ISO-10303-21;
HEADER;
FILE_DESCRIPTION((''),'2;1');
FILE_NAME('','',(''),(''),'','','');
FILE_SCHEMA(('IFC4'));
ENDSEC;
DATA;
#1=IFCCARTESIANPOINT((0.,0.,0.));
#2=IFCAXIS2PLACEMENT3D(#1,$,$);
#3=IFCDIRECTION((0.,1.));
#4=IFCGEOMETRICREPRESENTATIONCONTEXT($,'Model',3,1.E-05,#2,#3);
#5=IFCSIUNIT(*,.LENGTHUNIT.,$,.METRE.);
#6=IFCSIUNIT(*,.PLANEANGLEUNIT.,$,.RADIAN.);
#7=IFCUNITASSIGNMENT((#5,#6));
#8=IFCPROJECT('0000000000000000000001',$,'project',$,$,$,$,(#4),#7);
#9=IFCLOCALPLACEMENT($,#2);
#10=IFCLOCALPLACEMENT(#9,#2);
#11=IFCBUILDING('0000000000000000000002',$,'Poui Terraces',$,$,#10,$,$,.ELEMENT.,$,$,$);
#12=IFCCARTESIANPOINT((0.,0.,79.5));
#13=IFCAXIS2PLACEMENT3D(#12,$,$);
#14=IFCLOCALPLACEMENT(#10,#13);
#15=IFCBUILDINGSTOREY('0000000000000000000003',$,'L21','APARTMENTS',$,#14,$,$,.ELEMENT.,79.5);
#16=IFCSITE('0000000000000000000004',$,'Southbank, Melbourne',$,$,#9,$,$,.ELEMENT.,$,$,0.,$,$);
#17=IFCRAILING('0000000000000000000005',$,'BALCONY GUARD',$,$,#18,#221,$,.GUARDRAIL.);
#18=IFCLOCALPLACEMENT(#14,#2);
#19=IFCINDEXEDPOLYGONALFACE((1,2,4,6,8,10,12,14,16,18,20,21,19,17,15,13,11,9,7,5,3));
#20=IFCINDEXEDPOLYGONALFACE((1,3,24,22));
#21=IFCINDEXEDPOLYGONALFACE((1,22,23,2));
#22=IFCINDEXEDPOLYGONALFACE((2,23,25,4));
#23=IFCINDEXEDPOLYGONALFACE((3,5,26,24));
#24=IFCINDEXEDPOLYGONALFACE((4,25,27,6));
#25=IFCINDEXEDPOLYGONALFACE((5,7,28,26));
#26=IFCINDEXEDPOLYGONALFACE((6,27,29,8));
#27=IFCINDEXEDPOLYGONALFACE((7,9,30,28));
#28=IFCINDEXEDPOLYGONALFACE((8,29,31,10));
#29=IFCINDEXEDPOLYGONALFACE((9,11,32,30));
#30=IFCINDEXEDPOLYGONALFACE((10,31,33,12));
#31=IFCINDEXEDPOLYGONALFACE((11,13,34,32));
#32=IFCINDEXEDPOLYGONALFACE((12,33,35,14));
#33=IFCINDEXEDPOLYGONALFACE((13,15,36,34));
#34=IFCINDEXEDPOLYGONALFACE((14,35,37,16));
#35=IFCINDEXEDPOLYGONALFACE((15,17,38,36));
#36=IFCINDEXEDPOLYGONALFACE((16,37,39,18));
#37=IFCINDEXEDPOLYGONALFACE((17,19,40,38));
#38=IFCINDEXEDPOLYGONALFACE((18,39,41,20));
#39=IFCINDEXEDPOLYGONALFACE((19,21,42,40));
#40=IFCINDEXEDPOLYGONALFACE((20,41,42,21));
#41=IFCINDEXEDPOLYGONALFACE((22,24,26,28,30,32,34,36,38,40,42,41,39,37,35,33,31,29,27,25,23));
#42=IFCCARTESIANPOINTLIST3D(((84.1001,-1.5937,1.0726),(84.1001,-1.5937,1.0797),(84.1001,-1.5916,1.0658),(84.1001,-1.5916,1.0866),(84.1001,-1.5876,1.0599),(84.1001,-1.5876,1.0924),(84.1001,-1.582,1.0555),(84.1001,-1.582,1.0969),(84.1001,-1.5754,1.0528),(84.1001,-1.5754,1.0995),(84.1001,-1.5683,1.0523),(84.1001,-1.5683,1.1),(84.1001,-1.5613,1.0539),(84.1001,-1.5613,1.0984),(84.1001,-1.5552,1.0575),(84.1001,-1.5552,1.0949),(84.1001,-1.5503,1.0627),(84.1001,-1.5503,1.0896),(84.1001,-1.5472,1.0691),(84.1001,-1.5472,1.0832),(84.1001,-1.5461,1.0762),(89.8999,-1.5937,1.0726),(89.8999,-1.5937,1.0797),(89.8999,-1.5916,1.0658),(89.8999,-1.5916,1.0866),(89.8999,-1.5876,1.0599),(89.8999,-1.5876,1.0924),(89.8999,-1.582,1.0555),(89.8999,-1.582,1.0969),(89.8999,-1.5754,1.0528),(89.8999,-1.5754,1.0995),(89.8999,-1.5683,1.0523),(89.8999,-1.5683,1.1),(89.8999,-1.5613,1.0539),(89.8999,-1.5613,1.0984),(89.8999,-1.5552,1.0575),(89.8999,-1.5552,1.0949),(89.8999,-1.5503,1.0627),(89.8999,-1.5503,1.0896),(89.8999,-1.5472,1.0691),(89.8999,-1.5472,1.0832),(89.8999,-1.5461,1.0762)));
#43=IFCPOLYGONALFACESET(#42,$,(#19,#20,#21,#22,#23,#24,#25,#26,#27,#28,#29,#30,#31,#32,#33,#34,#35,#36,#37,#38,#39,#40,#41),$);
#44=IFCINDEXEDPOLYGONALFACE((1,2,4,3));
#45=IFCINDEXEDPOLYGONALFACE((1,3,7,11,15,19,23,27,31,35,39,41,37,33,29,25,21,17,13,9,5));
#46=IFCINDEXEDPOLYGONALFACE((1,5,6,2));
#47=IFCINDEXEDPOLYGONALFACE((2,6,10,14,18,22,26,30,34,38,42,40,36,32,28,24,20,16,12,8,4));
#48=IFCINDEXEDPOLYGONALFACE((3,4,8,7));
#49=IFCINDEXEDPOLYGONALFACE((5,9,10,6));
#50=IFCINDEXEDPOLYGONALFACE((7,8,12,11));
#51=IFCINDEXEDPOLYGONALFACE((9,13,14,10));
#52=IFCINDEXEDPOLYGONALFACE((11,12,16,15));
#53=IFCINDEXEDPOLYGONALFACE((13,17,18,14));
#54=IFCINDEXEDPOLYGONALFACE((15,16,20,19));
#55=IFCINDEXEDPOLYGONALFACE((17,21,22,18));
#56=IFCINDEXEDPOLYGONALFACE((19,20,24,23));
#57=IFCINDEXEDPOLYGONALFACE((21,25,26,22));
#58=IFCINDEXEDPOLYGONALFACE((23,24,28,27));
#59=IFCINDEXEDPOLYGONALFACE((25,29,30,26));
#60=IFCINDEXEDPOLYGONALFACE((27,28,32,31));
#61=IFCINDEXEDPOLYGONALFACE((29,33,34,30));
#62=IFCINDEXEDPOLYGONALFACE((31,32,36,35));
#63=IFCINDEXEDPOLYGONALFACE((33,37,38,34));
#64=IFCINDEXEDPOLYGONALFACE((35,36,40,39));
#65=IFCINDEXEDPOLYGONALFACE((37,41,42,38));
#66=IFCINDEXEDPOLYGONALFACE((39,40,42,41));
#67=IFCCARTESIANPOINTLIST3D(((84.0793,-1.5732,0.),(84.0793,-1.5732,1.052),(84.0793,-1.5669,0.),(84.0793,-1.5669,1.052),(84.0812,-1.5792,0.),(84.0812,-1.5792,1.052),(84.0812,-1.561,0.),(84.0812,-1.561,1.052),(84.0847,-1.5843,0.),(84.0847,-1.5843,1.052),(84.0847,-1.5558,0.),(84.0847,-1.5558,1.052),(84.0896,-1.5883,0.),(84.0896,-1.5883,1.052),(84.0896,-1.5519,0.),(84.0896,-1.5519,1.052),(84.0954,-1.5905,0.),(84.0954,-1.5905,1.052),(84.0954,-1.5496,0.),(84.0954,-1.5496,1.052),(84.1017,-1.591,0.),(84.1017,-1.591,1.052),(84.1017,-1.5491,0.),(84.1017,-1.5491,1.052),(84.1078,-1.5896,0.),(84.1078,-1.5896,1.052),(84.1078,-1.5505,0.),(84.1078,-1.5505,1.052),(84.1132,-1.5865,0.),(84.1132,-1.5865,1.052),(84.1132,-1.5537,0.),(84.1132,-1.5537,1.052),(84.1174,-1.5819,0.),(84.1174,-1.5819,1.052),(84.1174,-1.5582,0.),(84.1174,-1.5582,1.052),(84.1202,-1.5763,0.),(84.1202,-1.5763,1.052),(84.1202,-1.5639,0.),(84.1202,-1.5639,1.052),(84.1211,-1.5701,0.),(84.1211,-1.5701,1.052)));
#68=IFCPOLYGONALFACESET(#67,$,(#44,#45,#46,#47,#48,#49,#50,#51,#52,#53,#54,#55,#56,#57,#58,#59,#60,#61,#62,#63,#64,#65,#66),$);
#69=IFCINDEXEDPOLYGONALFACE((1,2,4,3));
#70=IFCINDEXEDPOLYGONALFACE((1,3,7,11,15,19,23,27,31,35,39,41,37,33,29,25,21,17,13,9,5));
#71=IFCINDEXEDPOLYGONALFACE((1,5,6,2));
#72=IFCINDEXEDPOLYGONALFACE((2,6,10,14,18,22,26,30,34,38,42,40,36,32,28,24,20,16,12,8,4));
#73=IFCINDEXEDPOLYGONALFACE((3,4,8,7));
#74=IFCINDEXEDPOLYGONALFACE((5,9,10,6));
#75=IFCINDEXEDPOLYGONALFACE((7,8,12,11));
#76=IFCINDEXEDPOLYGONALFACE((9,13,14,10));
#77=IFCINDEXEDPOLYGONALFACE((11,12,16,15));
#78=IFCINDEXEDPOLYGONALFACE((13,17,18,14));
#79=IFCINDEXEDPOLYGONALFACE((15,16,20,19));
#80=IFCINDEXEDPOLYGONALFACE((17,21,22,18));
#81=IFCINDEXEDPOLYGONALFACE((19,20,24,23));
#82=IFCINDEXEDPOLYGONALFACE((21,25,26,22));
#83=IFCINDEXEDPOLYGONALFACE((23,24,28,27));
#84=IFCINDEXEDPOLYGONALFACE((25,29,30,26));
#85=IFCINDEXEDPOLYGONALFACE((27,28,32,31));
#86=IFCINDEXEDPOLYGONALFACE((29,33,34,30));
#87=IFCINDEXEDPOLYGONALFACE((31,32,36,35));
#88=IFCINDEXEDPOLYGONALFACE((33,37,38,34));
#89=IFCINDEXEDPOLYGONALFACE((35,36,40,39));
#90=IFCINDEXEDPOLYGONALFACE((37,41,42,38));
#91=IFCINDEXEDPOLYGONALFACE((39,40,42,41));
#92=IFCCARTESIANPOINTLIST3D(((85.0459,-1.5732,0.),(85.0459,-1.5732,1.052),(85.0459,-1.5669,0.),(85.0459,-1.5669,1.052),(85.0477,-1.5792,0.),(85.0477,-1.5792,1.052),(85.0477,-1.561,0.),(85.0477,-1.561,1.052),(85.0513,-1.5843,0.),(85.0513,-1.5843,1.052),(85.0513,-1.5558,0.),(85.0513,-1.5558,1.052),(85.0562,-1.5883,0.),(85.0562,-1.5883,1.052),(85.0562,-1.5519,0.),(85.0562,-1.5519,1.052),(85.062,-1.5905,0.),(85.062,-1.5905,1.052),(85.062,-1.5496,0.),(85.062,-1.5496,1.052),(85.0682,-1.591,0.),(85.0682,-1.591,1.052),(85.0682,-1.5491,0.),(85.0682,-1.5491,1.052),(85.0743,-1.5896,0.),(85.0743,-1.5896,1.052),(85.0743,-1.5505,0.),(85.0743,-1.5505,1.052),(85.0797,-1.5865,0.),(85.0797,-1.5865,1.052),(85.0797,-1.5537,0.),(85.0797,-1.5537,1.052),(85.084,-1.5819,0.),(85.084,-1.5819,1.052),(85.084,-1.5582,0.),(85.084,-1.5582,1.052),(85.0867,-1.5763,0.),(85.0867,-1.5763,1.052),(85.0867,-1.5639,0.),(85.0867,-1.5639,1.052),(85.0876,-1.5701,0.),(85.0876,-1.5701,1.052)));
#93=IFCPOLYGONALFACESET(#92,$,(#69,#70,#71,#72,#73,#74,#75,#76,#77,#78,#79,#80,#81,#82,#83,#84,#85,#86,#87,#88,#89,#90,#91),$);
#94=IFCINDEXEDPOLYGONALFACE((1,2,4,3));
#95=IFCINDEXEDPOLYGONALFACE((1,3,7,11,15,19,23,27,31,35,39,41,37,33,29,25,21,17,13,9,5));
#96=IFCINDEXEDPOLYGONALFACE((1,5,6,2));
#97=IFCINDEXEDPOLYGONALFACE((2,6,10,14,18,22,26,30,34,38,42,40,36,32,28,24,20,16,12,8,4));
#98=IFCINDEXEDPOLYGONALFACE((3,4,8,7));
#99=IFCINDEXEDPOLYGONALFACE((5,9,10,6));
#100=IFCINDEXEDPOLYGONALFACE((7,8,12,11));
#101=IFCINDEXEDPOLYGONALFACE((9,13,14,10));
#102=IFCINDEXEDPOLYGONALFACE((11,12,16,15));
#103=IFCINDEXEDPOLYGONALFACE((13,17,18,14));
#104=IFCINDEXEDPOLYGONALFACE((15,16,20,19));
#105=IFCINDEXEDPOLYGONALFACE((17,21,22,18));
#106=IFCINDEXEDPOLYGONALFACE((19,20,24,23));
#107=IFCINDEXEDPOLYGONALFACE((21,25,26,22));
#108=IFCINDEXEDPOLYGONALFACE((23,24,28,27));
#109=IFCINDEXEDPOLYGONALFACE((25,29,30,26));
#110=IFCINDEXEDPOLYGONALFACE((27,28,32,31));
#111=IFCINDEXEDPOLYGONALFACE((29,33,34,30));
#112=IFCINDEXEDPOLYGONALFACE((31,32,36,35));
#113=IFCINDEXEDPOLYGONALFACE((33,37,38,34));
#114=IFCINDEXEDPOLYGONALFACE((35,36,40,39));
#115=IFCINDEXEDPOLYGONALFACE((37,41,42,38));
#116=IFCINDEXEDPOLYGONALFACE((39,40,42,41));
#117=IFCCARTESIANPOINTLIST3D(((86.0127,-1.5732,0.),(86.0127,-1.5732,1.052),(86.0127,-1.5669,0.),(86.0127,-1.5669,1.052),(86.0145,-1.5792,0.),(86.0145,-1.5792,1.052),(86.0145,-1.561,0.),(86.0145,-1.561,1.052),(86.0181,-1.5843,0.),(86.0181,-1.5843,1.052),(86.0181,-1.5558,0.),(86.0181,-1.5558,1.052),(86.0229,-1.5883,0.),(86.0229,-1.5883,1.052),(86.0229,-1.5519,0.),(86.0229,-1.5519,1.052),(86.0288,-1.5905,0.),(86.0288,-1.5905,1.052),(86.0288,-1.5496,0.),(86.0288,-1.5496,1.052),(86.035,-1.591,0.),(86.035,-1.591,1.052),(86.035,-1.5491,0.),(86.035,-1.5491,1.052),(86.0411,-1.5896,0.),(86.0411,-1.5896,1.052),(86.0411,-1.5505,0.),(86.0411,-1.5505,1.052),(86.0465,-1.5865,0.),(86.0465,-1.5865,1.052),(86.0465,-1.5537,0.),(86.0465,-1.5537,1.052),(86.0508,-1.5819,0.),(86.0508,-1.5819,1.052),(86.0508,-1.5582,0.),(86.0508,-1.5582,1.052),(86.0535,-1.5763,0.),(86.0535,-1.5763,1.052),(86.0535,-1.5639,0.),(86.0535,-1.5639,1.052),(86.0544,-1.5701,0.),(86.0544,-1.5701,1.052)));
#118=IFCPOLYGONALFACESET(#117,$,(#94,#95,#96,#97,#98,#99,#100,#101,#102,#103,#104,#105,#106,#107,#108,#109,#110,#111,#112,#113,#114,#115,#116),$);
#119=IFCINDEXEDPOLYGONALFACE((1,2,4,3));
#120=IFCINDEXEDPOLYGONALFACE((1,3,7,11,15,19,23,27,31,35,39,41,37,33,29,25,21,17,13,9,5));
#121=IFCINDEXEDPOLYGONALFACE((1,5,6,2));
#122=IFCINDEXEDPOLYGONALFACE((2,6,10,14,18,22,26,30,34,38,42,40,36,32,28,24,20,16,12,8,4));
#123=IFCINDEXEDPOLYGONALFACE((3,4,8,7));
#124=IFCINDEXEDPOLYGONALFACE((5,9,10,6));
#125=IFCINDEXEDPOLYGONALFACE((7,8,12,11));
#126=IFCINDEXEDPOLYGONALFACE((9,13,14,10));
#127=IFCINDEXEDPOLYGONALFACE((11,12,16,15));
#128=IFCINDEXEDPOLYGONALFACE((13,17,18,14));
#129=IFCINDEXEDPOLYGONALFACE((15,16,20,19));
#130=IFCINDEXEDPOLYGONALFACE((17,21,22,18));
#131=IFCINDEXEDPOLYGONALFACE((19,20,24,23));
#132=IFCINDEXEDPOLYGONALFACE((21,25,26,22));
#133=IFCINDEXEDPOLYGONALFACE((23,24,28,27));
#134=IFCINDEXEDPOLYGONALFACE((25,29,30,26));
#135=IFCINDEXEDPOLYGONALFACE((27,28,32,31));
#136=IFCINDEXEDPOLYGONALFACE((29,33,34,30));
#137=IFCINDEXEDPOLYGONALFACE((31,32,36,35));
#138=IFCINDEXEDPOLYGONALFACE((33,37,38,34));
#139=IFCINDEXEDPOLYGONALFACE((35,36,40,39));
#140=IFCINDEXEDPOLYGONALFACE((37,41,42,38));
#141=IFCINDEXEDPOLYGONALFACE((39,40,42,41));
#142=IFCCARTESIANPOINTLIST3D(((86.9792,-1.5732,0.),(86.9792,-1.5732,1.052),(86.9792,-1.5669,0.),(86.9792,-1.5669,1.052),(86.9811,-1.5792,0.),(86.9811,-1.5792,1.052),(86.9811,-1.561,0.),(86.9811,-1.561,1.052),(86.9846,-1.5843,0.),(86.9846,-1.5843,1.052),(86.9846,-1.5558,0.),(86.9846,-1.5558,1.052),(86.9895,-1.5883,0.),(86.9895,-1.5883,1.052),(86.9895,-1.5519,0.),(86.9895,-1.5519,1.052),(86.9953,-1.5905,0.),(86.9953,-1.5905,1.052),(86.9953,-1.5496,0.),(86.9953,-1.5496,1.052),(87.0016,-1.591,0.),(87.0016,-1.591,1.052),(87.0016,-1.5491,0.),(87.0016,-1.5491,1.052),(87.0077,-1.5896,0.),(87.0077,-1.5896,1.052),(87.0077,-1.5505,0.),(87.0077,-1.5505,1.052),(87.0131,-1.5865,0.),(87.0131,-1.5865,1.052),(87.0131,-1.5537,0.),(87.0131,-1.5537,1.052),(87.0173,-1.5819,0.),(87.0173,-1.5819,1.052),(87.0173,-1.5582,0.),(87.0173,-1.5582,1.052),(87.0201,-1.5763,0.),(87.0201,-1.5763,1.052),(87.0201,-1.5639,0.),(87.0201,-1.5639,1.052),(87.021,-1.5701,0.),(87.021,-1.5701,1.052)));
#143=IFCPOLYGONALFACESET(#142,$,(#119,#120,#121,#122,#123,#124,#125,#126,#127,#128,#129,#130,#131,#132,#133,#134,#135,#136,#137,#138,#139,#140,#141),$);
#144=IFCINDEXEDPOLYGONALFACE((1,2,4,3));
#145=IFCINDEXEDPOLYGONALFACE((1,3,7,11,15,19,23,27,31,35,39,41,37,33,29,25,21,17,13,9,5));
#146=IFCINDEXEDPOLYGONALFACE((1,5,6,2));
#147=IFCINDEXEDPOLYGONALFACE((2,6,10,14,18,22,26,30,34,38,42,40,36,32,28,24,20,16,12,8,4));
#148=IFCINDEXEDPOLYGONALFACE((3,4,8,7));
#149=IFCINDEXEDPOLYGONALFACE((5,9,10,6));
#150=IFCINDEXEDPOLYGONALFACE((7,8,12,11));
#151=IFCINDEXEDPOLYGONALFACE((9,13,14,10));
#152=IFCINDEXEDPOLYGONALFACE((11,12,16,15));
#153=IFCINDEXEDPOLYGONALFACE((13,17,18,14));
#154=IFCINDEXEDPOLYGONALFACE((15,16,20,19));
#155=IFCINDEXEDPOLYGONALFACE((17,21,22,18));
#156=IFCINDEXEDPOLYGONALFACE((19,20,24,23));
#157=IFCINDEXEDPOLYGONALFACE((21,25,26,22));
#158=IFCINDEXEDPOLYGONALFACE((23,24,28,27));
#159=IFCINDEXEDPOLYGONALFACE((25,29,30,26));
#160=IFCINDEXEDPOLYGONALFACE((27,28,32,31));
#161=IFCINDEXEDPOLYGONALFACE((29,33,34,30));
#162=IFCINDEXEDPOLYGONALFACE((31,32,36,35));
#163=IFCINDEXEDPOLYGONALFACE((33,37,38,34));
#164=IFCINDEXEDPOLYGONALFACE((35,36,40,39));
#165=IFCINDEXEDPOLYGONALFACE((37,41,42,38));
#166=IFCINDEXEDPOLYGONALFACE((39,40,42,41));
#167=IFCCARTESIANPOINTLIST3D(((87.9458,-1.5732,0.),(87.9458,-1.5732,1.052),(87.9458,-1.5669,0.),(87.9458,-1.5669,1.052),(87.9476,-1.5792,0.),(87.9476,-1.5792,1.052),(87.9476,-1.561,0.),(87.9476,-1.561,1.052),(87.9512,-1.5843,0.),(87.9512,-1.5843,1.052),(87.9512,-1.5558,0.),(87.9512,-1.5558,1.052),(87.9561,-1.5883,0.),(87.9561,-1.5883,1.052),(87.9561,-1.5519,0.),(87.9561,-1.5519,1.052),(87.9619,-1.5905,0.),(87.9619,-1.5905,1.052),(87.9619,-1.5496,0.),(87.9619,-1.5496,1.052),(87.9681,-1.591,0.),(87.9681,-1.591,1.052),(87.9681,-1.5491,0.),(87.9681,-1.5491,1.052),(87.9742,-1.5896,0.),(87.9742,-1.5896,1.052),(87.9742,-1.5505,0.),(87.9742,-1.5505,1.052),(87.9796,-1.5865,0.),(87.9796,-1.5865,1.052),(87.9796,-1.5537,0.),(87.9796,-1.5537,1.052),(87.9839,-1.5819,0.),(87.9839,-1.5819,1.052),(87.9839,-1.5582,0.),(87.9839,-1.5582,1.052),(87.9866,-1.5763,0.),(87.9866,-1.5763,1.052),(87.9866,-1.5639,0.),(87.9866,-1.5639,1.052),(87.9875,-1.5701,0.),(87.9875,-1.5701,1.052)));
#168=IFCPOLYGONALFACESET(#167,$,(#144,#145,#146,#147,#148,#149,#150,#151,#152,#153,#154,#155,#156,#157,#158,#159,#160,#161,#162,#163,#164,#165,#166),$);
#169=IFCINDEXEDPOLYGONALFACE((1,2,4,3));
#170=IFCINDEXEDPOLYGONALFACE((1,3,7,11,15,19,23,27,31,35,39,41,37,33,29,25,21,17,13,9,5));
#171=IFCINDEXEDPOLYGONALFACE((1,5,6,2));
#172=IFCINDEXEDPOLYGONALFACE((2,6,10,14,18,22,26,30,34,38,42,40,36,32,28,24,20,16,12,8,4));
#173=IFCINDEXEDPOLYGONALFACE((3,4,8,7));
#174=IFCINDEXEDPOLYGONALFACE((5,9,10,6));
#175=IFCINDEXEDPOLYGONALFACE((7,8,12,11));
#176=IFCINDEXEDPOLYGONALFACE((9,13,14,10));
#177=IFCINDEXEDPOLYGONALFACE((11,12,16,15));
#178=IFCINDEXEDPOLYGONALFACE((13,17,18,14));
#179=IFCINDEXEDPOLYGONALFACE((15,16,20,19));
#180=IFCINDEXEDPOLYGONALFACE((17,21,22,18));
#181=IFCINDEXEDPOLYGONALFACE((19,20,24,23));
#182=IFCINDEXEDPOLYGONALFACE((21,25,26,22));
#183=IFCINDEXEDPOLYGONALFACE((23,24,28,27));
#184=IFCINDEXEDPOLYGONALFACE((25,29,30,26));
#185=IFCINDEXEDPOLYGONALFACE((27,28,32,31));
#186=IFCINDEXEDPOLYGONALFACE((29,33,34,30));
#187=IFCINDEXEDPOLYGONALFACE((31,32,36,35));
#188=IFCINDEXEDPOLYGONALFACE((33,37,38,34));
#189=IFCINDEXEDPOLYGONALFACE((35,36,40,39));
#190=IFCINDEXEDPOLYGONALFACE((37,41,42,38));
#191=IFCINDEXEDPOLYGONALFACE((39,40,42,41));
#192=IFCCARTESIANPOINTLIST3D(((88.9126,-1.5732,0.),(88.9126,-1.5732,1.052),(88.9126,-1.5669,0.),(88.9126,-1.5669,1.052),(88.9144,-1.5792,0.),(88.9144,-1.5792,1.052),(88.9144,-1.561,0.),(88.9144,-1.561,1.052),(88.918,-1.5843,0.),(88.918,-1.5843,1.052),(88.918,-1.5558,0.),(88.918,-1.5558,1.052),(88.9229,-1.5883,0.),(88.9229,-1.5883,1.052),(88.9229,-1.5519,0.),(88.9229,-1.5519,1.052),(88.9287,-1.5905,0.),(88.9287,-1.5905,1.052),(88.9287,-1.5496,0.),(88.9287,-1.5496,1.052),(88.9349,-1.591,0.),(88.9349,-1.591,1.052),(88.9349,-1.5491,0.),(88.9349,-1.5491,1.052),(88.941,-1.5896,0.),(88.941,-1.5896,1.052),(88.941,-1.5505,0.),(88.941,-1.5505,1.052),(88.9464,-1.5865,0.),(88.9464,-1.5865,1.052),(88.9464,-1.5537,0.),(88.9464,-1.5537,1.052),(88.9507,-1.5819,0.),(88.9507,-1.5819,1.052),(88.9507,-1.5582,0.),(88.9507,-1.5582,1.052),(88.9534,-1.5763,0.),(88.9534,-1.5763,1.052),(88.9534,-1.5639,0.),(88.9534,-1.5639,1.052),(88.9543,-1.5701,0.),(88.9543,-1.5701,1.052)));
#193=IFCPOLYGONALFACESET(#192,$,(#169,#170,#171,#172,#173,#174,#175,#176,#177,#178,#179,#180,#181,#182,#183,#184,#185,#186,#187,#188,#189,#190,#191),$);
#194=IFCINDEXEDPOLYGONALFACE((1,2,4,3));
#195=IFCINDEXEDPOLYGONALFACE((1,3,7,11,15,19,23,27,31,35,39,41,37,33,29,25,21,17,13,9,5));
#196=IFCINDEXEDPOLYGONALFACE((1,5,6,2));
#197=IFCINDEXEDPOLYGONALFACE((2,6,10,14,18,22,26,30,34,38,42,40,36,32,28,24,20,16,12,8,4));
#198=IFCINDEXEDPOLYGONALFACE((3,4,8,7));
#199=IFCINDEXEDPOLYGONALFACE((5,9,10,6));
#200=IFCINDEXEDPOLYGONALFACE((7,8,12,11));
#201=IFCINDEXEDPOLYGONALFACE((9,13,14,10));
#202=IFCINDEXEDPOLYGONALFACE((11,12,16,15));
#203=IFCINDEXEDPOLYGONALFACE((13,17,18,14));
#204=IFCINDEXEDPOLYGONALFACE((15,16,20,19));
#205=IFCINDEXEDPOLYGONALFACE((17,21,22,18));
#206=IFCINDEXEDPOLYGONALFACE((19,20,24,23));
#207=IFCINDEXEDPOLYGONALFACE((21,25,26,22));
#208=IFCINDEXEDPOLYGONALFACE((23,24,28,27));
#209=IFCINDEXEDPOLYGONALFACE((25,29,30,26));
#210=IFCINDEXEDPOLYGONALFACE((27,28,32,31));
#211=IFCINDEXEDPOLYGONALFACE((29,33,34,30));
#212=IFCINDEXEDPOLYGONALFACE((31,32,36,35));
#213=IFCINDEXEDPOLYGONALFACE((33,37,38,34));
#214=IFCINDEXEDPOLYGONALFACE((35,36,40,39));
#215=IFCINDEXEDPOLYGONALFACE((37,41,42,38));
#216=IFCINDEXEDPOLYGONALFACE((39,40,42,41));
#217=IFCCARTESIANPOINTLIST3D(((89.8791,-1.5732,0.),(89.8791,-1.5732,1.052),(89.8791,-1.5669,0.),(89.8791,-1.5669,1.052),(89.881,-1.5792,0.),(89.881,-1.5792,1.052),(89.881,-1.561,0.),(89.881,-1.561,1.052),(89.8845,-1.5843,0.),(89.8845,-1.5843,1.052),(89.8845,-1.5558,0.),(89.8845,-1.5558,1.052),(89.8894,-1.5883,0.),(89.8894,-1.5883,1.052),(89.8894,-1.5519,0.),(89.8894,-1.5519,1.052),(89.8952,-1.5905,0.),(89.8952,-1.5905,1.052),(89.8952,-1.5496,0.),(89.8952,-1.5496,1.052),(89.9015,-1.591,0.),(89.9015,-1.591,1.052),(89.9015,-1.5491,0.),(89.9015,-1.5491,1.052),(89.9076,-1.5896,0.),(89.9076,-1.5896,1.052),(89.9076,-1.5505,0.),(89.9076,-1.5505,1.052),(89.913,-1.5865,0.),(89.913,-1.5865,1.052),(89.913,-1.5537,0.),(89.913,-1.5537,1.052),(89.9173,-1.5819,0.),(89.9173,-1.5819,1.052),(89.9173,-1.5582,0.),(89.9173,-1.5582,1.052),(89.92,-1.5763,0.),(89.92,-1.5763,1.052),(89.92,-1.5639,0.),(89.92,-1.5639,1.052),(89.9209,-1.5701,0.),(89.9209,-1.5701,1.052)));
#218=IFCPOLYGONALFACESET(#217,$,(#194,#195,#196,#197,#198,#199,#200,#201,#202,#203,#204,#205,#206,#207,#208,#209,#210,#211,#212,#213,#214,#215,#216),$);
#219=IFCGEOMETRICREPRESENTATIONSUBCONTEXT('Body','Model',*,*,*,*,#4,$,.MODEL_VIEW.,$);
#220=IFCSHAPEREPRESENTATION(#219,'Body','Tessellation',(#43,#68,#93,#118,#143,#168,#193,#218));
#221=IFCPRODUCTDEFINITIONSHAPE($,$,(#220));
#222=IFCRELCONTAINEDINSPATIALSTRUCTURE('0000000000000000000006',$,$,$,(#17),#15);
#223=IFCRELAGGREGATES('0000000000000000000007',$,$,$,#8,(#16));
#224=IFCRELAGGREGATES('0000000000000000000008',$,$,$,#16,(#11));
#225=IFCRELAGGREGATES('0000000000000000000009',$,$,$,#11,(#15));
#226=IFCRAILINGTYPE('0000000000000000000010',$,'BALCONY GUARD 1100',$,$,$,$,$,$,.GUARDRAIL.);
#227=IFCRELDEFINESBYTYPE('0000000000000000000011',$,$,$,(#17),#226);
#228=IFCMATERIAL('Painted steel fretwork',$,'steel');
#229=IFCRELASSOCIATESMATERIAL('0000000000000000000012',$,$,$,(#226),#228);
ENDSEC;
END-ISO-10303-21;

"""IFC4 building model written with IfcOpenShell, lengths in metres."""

from ifc_helpers import new_model, si_unit, direction, frame, origin, origin_2d, place, context, subcontext, project, spatial, circle, extrude, material, type_object, element, save


model = new_model("IFC4")

# Units and contexts
model_context = context("Model", 3, precision=1e-05, world=origin(), true_north=direction((0.0, 1.0)))
body_context = subcontext(model_context, "Body", "Model", "MODEL_VIEW")
ifc_project = project(units=[si_unit("LENGTHUNIT", "METRE"), si_unit("PLANEANGLEUNIT", "RADIAN")], contexts=[model_context])

# Site, building, storey
site_placement = place(None, origin())
site = spatial("IfcSite", under=ifc_project, at=site_placement, Name="Southbank, Melbourne", CompositionType="ELEMENT", RefElevation=0.0)
building_placement = place(site_placement, origin())
building = spatial("IfcBuilding", under=site, at=building_placement, Name="Poui Terraces", CompositionType="ELEMENT")
storey_placement = place(building_placement, frame((0.0, 0.0, 79.5)))
storey = spatial("IfcBuildingStorey", under=building, at=storey_placement, Name="L21", Description="APARTMENTS", CompositionType="ELEMENT", Elevation=79.5)

# Railing
ifc_material_1 = material(Name="Painted steel fretwork", Category="steel")
railing_type = type_object("IfcRailingType", Name="BALCONY GUARD 1100", PredefinedType="GUARDRAIL", material=ifc_material_1)
railing_placement = place(storey_placement, frame((84.1001, -1.5701, 0.0)))
element("IfcRailing", 1, at=railing_placement, inside=storey, type_object=railing_type, Name="BALCONY GUARD", PredefinedType="GUARDRAIL", context=body_context, shape_type="SweptSolid", body=[
    extrude(circle(Radius=0.0239, at=origin_2d()), frame((0.0, 0.0, 1.0762), z_axis=(1.0, 0.0, 0.0), x_axis=(0.0, 1.0, 0.0)), (0.0, 0.0, 1.0), 5.7998),
    extrude(circle(Radius=0.021, at=origin_2d()), origin(), (0.0, 0.0, 1.0), 1.052),
    extrude(circle(Radius=0.021, at=origin_2d()), frame((0.9666, 0.0, 0.0)), (0.0, 0.0, 1.0), 1.052),
    extrude(circle(Radius=0.021, at=origin_2d()), frame((1.9333, 0.0, 0.0)), (0.0, 0.0, 1.0), 1.052),
    extrude(circle(Radius=0.021, at=origin_2d()), frame((2.8999, 0.0, 0.0)), (0.0, 0.0, 1.0), 1.052),
    extrude(circle(Radius=0.021, at=origin_2d()), frame((3.8665, 0.0, 0.0)), (0.0, 0.0, 1.0), 1.052),
    extrude(circle(Radius=0.021, at=origin_2d()), frame((4.8333, 0.0, 0.0)), (0.0, 0.0, 1.0), 1.052),
    extrude(circle(Radius=0.021, at=origin_2d()), frame((5.7998, 0.0, 0.0)), (0.0, 0.0, 1.0), 1.052),
])

save(model, "model.ifc")
